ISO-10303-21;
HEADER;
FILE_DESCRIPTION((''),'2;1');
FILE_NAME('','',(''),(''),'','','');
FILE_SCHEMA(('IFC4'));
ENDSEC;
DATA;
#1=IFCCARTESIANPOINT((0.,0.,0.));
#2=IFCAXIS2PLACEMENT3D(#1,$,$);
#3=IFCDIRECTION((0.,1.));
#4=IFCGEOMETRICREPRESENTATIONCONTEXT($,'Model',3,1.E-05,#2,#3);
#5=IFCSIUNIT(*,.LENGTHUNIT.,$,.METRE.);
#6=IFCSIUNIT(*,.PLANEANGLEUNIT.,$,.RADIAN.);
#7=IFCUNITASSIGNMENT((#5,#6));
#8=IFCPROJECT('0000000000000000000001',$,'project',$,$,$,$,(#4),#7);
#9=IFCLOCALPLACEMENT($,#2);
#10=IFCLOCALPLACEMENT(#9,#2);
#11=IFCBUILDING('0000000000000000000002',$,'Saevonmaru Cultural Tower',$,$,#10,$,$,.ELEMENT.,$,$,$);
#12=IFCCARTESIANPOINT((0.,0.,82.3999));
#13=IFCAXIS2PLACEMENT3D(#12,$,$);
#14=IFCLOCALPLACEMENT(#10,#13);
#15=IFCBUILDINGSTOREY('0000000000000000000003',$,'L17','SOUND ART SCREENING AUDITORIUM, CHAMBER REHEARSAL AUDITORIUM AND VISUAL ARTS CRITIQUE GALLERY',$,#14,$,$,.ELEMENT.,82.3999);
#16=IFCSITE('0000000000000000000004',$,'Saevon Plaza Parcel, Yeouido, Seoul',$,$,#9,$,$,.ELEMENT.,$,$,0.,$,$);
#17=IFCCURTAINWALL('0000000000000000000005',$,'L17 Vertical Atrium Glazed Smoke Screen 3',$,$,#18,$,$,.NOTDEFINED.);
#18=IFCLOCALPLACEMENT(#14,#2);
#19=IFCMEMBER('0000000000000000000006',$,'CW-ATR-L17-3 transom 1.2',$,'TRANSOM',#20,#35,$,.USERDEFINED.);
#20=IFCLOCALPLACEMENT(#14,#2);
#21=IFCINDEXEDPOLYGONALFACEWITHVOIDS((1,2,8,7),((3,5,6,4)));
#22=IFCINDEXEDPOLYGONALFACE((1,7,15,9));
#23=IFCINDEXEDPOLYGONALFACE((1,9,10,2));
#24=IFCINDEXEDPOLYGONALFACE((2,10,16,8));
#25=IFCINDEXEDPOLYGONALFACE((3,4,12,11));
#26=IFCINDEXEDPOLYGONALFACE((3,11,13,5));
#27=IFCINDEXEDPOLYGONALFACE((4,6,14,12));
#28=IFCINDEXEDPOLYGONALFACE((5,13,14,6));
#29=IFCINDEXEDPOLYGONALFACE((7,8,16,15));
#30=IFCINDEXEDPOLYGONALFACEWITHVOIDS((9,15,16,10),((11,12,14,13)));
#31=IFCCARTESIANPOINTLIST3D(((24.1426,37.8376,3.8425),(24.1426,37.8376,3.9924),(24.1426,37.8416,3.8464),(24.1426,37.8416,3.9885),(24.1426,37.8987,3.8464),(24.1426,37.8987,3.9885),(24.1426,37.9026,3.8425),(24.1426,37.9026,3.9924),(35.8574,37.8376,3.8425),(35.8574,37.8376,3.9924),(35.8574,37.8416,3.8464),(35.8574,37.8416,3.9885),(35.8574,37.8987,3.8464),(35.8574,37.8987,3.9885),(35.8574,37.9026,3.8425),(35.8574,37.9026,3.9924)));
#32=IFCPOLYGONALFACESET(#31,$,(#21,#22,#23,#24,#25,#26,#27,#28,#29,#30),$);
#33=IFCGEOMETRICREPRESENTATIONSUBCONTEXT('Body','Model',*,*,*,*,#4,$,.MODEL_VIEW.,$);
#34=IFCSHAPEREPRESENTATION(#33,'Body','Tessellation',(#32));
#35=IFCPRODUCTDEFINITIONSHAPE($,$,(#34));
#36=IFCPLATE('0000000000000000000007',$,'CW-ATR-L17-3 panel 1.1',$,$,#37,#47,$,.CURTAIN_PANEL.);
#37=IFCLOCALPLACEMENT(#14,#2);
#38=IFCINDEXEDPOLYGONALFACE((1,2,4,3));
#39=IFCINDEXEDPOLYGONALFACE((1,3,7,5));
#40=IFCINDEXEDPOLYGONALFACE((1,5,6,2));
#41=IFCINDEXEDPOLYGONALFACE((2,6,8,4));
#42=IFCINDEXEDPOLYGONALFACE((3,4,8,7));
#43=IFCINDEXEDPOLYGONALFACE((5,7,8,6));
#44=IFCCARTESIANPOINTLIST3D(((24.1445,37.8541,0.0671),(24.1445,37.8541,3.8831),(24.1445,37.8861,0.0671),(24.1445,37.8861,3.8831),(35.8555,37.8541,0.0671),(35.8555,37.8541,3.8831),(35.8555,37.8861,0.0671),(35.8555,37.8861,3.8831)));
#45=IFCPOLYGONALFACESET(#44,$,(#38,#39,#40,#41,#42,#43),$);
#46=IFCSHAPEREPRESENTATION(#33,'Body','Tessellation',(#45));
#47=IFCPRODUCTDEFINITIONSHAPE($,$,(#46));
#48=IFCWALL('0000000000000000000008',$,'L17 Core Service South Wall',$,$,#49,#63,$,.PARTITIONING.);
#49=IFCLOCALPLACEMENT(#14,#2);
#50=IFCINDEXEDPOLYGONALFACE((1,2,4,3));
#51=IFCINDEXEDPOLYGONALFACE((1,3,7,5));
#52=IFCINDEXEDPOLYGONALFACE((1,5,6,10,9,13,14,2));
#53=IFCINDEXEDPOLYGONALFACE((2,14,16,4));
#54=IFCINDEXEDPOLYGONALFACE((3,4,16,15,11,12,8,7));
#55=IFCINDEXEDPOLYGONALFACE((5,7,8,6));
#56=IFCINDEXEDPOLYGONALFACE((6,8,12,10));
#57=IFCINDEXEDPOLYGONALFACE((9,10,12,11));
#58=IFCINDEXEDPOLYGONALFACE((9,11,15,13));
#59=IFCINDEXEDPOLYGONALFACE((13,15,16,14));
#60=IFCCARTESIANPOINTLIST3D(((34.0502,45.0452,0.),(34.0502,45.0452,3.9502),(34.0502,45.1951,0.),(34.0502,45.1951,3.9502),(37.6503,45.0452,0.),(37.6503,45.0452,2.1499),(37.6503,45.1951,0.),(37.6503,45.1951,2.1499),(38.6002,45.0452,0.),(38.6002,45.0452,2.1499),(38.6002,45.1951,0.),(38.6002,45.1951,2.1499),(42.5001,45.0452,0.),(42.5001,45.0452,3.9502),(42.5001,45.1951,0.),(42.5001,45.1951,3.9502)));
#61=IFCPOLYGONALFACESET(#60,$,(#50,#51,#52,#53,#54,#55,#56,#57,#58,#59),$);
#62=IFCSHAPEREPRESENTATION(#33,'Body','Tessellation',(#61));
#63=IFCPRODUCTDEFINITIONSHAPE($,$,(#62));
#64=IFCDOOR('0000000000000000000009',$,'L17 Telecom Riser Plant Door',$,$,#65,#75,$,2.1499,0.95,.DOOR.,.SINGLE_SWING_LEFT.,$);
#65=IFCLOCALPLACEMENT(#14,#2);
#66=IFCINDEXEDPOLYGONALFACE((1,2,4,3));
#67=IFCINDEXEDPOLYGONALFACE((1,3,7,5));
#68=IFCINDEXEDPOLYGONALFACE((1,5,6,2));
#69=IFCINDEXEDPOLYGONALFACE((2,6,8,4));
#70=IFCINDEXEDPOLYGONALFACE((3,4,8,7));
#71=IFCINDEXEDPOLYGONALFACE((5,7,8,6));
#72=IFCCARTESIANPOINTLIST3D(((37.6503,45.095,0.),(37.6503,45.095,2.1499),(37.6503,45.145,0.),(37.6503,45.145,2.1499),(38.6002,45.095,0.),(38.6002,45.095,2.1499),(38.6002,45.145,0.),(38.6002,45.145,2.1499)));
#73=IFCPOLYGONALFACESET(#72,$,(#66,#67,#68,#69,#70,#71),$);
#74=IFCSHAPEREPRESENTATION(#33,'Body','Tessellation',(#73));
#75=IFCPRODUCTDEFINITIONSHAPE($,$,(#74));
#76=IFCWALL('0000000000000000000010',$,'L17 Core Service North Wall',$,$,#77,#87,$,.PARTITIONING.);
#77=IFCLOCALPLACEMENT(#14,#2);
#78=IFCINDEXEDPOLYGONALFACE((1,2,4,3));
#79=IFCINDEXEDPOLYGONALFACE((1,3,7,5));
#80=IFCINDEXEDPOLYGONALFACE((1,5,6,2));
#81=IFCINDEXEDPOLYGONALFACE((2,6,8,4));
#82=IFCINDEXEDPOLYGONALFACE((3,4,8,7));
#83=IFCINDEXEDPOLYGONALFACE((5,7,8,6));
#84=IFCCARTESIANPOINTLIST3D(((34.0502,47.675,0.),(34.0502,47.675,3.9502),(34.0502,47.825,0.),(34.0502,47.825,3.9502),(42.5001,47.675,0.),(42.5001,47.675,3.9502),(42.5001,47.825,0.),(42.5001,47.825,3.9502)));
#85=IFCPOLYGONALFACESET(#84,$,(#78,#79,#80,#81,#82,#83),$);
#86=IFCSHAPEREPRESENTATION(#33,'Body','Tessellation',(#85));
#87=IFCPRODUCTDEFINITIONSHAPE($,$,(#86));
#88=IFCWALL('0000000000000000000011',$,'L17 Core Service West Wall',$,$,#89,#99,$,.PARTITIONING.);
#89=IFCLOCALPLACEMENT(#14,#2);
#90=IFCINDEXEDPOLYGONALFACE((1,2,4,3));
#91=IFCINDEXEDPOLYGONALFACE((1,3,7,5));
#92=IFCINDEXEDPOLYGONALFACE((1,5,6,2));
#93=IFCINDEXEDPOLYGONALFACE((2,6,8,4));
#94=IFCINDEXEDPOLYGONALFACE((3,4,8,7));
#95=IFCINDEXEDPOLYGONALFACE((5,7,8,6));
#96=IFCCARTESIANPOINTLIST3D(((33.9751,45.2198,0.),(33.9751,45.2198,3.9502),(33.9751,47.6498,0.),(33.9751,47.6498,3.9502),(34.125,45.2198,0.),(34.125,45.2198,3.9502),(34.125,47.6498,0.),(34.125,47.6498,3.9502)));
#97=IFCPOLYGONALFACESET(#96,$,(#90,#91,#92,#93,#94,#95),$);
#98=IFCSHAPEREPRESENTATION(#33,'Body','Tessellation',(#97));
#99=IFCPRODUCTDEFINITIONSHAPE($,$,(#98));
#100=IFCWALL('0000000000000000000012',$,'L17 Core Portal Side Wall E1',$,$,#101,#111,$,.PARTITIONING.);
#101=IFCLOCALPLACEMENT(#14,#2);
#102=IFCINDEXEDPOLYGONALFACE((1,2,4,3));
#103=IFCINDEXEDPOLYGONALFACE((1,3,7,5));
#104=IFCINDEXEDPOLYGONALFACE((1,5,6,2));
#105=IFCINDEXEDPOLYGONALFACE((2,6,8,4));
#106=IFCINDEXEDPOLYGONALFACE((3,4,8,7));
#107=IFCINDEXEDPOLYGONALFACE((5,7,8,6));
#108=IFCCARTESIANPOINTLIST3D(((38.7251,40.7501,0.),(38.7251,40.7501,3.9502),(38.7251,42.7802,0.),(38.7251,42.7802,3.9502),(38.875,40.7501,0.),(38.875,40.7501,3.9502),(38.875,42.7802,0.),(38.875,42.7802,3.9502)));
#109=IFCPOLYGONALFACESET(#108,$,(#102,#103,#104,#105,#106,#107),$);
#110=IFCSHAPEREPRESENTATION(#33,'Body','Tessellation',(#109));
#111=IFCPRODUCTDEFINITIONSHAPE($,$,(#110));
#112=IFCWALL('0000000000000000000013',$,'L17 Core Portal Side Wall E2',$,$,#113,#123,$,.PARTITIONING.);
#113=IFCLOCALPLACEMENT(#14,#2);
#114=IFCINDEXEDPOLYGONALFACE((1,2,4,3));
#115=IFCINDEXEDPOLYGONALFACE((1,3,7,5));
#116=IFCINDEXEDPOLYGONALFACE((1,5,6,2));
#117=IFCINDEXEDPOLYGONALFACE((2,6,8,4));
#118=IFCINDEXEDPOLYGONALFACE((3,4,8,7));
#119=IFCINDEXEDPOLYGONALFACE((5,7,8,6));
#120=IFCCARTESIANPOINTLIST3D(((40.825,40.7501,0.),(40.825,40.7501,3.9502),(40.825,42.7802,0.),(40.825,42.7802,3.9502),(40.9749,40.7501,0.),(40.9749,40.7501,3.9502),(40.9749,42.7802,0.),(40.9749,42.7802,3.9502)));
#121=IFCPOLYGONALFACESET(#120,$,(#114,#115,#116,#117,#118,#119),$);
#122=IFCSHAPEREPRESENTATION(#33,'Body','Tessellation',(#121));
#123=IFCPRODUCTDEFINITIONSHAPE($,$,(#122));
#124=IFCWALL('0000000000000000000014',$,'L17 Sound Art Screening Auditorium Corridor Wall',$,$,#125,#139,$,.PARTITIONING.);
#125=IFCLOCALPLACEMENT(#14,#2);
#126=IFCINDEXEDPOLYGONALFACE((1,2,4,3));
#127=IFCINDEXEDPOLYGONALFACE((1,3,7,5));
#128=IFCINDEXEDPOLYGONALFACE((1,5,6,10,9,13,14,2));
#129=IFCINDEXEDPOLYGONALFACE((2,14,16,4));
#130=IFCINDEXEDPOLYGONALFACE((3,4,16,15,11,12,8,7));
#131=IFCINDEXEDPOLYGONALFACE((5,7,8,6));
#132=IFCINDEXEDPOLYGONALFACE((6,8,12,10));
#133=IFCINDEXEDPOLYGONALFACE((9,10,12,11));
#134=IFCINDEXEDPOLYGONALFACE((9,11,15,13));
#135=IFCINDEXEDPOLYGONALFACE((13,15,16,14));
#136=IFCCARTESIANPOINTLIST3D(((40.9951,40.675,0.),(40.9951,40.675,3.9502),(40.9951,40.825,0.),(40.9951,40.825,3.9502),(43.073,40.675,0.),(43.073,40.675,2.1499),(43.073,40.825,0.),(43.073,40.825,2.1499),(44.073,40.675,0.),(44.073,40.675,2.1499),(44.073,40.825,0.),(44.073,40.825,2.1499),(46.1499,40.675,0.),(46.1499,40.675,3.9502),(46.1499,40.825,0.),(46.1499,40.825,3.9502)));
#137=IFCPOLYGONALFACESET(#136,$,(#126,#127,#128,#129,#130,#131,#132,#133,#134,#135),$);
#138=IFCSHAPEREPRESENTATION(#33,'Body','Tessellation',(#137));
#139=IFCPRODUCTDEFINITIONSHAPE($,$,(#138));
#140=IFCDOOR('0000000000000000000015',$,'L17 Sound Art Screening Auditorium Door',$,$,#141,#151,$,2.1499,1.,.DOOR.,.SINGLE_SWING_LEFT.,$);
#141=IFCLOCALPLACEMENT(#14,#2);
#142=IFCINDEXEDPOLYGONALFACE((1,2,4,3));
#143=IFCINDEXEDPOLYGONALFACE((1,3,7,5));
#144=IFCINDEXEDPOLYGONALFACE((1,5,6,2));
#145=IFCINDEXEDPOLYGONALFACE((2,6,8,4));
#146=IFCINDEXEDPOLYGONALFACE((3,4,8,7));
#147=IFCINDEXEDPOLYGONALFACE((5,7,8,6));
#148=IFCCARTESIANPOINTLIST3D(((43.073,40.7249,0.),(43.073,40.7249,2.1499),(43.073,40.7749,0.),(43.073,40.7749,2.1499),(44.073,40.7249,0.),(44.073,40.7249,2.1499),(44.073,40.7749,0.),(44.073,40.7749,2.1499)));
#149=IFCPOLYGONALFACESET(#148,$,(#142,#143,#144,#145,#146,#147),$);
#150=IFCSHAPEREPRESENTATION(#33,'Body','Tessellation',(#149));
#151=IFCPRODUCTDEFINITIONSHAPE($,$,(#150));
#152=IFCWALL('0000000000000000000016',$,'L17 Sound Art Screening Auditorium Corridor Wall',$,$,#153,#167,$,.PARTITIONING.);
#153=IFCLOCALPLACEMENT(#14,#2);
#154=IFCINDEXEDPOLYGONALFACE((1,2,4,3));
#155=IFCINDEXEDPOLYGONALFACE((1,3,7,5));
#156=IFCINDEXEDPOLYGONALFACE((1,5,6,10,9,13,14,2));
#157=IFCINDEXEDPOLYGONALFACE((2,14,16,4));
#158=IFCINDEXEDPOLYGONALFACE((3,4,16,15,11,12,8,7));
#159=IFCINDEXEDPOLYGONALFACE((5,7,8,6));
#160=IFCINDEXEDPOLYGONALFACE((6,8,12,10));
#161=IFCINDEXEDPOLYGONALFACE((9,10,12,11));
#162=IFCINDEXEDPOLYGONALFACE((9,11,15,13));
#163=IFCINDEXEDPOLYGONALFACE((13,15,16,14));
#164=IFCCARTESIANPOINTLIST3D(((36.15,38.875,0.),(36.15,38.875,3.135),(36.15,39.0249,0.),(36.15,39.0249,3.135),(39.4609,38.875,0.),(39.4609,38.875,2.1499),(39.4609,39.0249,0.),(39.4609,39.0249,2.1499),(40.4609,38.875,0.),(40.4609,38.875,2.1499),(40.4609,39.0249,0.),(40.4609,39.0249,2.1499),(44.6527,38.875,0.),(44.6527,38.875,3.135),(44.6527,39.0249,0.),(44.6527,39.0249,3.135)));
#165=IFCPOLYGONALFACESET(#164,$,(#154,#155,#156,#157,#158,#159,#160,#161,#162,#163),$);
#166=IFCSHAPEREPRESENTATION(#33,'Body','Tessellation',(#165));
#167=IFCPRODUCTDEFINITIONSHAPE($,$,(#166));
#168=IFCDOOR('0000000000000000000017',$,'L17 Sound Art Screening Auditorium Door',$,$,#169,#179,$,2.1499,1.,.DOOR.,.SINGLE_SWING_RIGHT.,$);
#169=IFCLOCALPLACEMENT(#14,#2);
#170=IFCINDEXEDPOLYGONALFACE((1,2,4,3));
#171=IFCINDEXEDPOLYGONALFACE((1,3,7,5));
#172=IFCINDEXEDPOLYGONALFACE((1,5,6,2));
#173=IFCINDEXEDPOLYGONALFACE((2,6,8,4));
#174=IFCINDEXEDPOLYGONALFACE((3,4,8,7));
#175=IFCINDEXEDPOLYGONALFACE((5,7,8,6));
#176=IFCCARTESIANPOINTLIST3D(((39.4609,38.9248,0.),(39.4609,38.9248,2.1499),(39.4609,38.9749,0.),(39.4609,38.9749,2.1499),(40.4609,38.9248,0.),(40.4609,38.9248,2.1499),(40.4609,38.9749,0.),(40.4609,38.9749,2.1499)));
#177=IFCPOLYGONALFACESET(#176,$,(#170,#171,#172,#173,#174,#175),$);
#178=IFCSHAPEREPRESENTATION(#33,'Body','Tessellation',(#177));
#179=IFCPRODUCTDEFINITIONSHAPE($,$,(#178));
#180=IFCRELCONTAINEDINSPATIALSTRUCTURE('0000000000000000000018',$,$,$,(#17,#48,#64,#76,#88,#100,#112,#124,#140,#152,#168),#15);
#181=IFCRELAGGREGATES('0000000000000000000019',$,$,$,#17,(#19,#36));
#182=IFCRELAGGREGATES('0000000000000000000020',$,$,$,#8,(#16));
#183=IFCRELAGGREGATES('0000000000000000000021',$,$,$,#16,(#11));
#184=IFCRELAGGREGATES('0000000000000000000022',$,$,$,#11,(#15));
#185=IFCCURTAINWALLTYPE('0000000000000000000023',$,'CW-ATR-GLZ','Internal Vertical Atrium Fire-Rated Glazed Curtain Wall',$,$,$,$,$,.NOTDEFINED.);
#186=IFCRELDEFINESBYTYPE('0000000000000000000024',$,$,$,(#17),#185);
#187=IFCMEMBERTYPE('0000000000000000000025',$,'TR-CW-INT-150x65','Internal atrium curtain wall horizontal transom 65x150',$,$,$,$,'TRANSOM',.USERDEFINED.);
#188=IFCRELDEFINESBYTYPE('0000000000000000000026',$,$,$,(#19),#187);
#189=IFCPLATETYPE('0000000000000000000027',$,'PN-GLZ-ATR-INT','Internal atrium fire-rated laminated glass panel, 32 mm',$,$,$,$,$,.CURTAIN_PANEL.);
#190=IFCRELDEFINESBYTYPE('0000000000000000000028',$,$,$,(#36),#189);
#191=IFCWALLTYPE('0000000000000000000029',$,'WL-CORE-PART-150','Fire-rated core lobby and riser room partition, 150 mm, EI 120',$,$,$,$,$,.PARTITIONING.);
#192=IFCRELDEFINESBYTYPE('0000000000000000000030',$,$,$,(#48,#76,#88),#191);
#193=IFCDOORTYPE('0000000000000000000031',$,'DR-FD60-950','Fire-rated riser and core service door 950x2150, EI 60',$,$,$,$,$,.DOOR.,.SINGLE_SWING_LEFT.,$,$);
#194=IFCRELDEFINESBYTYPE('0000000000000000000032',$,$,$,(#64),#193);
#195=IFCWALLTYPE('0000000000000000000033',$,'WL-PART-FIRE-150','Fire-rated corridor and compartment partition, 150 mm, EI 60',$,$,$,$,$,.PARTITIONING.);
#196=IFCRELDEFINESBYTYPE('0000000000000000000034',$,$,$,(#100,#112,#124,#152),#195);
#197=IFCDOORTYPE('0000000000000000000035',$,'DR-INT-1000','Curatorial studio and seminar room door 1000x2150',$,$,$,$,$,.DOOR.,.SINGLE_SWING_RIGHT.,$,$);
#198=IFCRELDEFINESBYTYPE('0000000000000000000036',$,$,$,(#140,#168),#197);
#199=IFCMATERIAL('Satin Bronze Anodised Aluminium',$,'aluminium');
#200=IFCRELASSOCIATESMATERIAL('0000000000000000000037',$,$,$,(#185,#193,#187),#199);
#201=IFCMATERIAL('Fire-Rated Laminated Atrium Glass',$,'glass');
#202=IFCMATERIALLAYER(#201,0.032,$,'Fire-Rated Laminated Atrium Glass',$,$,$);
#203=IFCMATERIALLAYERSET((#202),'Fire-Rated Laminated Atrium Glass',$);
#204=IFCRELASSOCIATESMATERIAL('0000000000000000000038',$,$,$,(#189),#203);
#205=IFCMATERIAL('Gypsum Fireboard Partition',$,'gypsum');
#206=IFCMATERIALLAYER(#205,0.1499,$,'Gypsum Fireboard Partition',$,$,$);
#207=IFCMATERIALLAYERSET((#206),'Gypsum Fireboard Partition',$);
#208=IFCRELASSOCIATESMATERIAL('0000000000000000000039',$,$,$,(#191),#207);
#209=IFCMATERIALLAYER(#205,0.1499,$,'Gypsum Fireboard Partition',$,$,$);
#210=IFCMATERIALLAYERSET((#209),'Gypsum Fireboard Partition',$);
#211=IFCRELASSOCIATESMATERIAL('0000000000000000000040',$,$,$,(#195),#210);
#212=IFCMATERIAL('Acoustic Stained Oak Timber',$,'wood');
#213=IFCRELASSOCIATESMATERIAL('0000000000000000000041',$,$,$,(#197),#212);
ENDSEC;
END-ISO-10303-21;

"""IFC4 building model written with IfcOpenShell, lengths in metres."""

from ifc_helpers import new_model, si_unit, direction, frame, frame_2d, origin, origin_2d, place, context, subcontext, project, spatial, rectangle, hollow_rectangle, extrude, material, layer, layer_set, material_profile, profile_set, type_object, element, fill, aggregate, save


model = new_model("IFC4")

# Units and contexts
model_context = context("Model", 3, precision=1e-05, world=origin(), true_north=direction((0.0, 1.0)))
body_context = subcontext(model_context, "Body", "Model", "MODEL_VIEW")
ifc_project = project(units=[si_unit("LENGTHUNIT", "METRE"), si_unit("PLANEANGLEUNIT", "RADIAN")], contexts=[model_context])

# Site, building, storey
site_placement = place(None, origin())
site = spatial("IfcSite", under=ifc_project, at=site_placement, Name="Saevon Plaza Parcel, Yeouido, Seoul", CompositionType="ELEMENT", RefElevation=0.0)
building_placement = place(site_placement, origin())
building = spatial("IfcBuilding", under=site, at=building_placement, Name="Saevonmaru Cultural Tower", CompositionType="ELEMENT")
storey_placement = place(building_placement, frame((0.0, 0.0, 82.3999)))
storey = spatial("IfcBuildingStorey", under=building, at=storey_placement, Name="L17", Description="SOUND ART SCREENING AUDITORIUM, CHAMBER REHEARSAL AUDITORIUM AND VISUAL ARTS CRITIQUE GALLERY", CompositionType="ELEMENT", Elevation=82.3999)

# Shared definitions
ifc_material_1 = material(Name="Satin Bronze Anodised Aluminium", Category="aluminium")
curtain_wall_type = type_object("IfcCurtainWallType", Name="CW-ATR-GLZ", Description="Internal Vertical Atrium Fire-Rated Glazed Curtain Wall", PredefinedType="NOTDEFINED", material=ifc_material_1)

# Curtain wall, member, plate
curtain_wall_1_placement = place(storey_placement, origin())
curtain_wall_1 = element("IfcCurtainWall", 1, at=curtain_wall_1_placement, inside=storey, type_object=curtain_wall_type, Name="L17 Vertical Atrium Glazed Smoke Screen 3", PredefinedType="NOTDEFINED")
ifc_material_profile_1 = material_profile(ifc_material_1, hollow_rectangle(XDim=0.0649, YDim=0.1499, WallThickness=0.0039, at=origin_2d()), Name="ALU-TRAN-150x65x4")
ifc_profile_set_1 = profile_set([ifc_material_profile_1], Name="Satin Bronze Anodised Aluminium")
member_type_1 = type_object("IfcMemberType", Name="TR-CW-INT-150x65", Description="Internal atrium curtain wall horizontal transom 65x150", ElementType="TRANSOM", PredefinedType="USERDEFINED", material=ifc_profile_set_1)
member_1_placement = place(storey_placement, frame((35.8574, 37.8701, 3.9175), z_axis=(-1.0, 0.0, 0.0), x_axis=(0.0, -1.0, 0.0)))
member_1 = element("IfcMember", 2, at=member_1_placement, type_object=member_type_1, Name="CW-ATR-L17-3 transom 1.2", ObjectType="TRANSOM", PredefinedType="USERDEFINED", context=body_context, shape_type="SweptSolid", body=[
    extrude(hollow_rectangle(XDim=0.0649, YDim=0.1499, WallThickness=0.0039, at=origin_2d()), origin(), (0.0, 0.0, 1.0), 11.7148),
])
ifc_material_2 = material(Name="Fire-Rated Laminated Atrium Glass", Category="glass")
ifc_layer_1 = layer(ifc_material_2, 0.032, Name="Fire-Rated Laminated Atrium Glass")
ifc_layer_set_1 = layer_set([ifc_layer_1], Name="Fire-Rated Laminated Atrium Glass")
plate_type = type_object("IfcPlateType", Name="PN-GLZ-ATR-INT", Description="Internal atrium fire-rated laminated glass panel, 32 mm", PredefinedType="CURTAIN_PANEL", material=ifc_layer_set_1)
plate_placement = place(storey_placement, frame((30.0, 37.8701, 0.0671), z_axis=(0.0, 0.0, 1.0), x_axis=(-1.0, 0.0, 0.0)))
plate = element("IfcPlate", 3, at=plate_placement, type_object=plate_type, Name="CW-ATR-L17-3 panel 1.1", PredefinedType="CURTAIN_PANEL", context=body_context, shape_type="SweptSolid", body=[
    extrude(rectangle(XDim=11.7109, YDim=0.032, at=origin_2d()), origin(), (0.0, 0.0, 1.0), 3.8159),
])
aggregate(curtain_wall_1, [member_1, plate])

# Wall, opening, door
ifc_material_3 = material(Name="Gypsum Fireboard Partition", Category="gypsum")
ifc_layer_2 = layer(ifc_material_3, 0.1499, Name="Gypsum Fireboard Partition")
ifc_layer_set_2 = layer_set([ifc_layer_2], Name="Gypsum Fireboard Partition")
wall_type_1 = type_object("IfcWallType", Name="WL-CORE-PART-150", Description="Fire-rated core lobby and riser room partition, 150 mm, EI 120", PredefinedType="PARTITIONING", material=ifc_layer_set_2)
wall_1_placement = place(storey_placement, frame((34.05, 45.1201, 0.0), z_axis=(0.0, 0.0, 1.0), x_axis=(1.0, 0.0, 0.0)))
wall_1 = element("IfcWall", 4, at=wall_1_placement, inside=storey, type_object=wall_type_1, Name="L17 Core Service South Wall", PredefinedType="PARTITIONING", context=body_context, shape_type="SweptSolid", body=[
    extrude(rectangle(XDim=8.45, YDim=0.1499, at=frame_2d((4.2251, 0.0))), origin(), (0.0, 0.0, 1.0), 3.9502),
])
opening_1_placement = place(wall_1_placement, frame((3.6001, 0.0, 0.0)))
opening_1 = element("IfcOpeningElement", 5, at=opening_1_placement, cuts=wall_1, PredefinedType="OPENING", context=body_context, shape_type="SweptSolid", body=[
    extrude(rectangle(XDim=0.95, YDim=2.1499, at=frame_2d((0.4751, 1.075))), frame((0.0, 0.085, 0.0), z_axis=(0.0, -1.0, 0.0), x_axis=(1.0, 0.0, 0.0)), (0.0, 0.0, 1.0), 0.1699),
])
door_type_1 = type_object("IfcDoorType", Name="DR-FD60-950", Description="Fire-rated riser and core service door 950x2150, EI 60", OperationType="SINGLE_SWING_LEFT", PredefinedType="DOOR", material=ifc_material_1)
door_1_placement = place(opening_1_placement, origin())
door_1 = element("IfcDoor", 6, at=door_1_placement, inside=storey, type_object=door_type_1, Name="L17 Telecom Riser Plant Door", OperationType="SINGLE_SWING_LEFT", OverallHeight=2.1499, OverallWidth=0.95, PredefinedType="DOOR", context=body_context, shape_type="SweptSolid", body=[
    extrude(rectangle(XDim=0.95, YDim=2.1499, at=frame_2d((0.4751, 1.075))), frame((0.0, 0.0249, 0.0), z_axis=(0.0, -1.0, 0.0), x_axis=(1.0, 0.0, 0.0)), (0.0, 0.0, 1.0), 0.05),
])
fill(opening_1, door_1)

# Walls
wall_2_placement = place(storey_placement, frame((34.05, 47.75, 0.0), z_axis=(0.0, 0.0, 1.0), x_axis=(1.0, 0.0, 0.0)))
element("IfcWall", 7, at=wall_2_placement, inside=storey, type_object=wall_type_1, Name="L17 Core Service North Wall", PredefinedType="PARTITIONING", context=body_context, shape_type="SweptSolid", body=[
    extrude(rectangle(XDim=8.45, YDim=0.1499, at=frame_2d((4.2251, 0.0))), origin(), (0.0, 0.0, 1.0), 3.9502),
])
wall_3_placement = place(storey_placement, frame((34.05, 45.22, 0.0), z_axis=(0.0, 0.0, 1.0), x_axis=(0.0, 1.0, 0.0)))
element("IfcWall", 8, at=wall_3_placement, inside=storey, type_object=wall_type_1, Name="L17 Core Service West Wall", PredefinedType="PARTITIONING", context=body_context, shape_type="SweptSolid", body=[
    extrude(rectangle(XDim=2.4299, YDim=0.1499, at=frame_2d((1.2148, 0.0))), origin(), (0.0, 0.0, 1.0), 3.9502),
])
ifc_layer_3 = layer(ifc_material_3, 0.1499, Name="Gypsum Fireboard Partition")
ifc_layer_set_3 = layer_set([ifc_layer_3], Name="Gypsum Fireboard Partition")
wall_type_2 = type_object("IfcWallType", Name="WL-PART-FIRE-150", Description="Fire-rated corridor and compartment partition, 150 mm, EI 60", PredefinedType="PARTITIONING", material=ifc_layer_set_3)
for number, where, z_axis, x_axis, name in (
    (9, (38.8, 40.75, 0.0), (0.0, 0.0, 1.0), (0.0, 1.0, 0.0), "L17 Core Portal Side Wall E1"),
    (10, (40.8999, 40.75, 0.0), (0.0, 0.0, 1.0), (0.0, 1.0, 0.0), "L17 Core Portal Side Wall E2"),
):
    element("IfcWall", number, at=place(storey_placement, frame(where, z_axis=z_axis, x_axis=x_axis)), inside=storey, type_object=wall_type_2, Name=name, PredefinedType="PARTITIONING", context=body_context, shape_type="SweptSolid", body=[
        extrude(rectangle(XDim=2.03, YDim=0.1499, at=frame_2d((1.0151, 0.0))), origin(), (0.0, 0.0, 1.0), 3.9502),
    ])

# Walls, openings, doors
wall_4_placement = place(storey_placement, frame((40.9951, 40.75, 0.0), z_axis=(0.0, 0.0, 1.0), x_axis=(1.0, 0.0, 0.0)))
wall_4 = element("IfcWall", 11, at=wall_4_placement, inside=storey, type_object=wall_type_2, Name="L17 Sound Art Screening Auditorium Corridor Wall", PredefinedType="PARTITIONING", context=body_context, shape_type="SweptSolid", body=[
    extrude(rectangle(XDim=5.1548, YDim=0.1499, at=frame_2d((2.5774, 0.0))), origin(), (0.0, 0.0, 1.0), 3.9502),
])
opening_2_placement = place(wall_4_placement, frame((2.0779, 0.0, 0.0)))
opening_2 = element("IfcOpeningElement", 12, at=opening_2_placement, cuts=wall_4, PredefinedType="OPENING", context=body_context, shape_type="SweptSolid", body=[
    extrude(rectangle(XDim=1.0, YDim=2.1499, at=frame_2d((0.5, 1.075))), frame((0.0, 0.085, 0.0), z_axis=(0.0, -1.0, 0.0), x_axis=(1.0, 0.0, 0.0)), (0.0, 0.0, 1.0), 0.1699),
])
ifc_material_4 = material(Name="Acoustic Stained Oak Timber", Category="wood")
door_type_2 = type_object("IfcDoorType", Name="DR-INT-1000", Description="Curatorial studio and seminar room door 1000x2150", OperationType="SINGLE_SWING_RIGHT", PredefinedType="DOOR", material=ifc_material_4)
door_2_placement = place(opening_2_placement, origin())
door_2 = element("IfcDoor", 13, at=door_2_placement, inside=storey, type_object=door_type_2, Name="L17 Sound Art Screening Auditorium Door", OperationType="SINGLE_SWING_LEFT", OverallHeight=2.1499, OverallWidth=1.0, PredefinedType="DOOR", context=body_context, shape_type="SweptSolid", body=[
    extrude(rectangle(XDim=1.0, YDim=2.1499, at=frame_2d((0.5, 1.075))), frame((0.0, 0.0249, 0.0), z_axis=(0.0, -1.0, 0.0), x_axis=(1.0, 0.0, 0.0)), (0.0, 0.0, 1.0), 0.05),
])
fill(opening_2, door_2)
wall_5_placement = place(storey_placement, frame((36.1499, 38.95, 0.0), z_axis=(0.0, 0.0, 1.0), x_axis=(1.0, 0.0, 0.0)))
wall_5 = element("IfcWall", 14, at=wall_5_placement, inside=storey, type_object=wall_type_2, Name="L17 Sound Art Screening Auditorium Corridor Wall", PredefinedType="PARTITIONING", context=body_context, shape_type="SweptSolid", body=[
    extrude(rectangle(XDim=8.5027, YDim=0.1499, at=frame_2d((4.2515, 0.0))), origin(), (0.0, 0.0, 1.0), 3.135),
])
opening_3_placement = place(wall_5_placement, frame((3.311, 0.0, 0.0)))
opening_3 = element("IfcOpeningElement", 15, at=opening_3_placement, cuts=wall_5, PredefinedType="OPENING", context=body_context, shape_type="SweptSolid", body=[
    extrude(rectangle(XDim=1.0, YDim=2.1499, at=frame_2d((0.5, 1.075))), frame((0.0, 0.085, 0.0), z_axis=(0.0, -1.0, 0.0), x_axis=(1.0, 0.0, 0.0)), (0.0, 0.0, 1.0), 0.1699),
])
door_3_placement = place(opening_3_placement, origin())
door_3 = element("IfcDoor", 16, at=door_3_placement, inside=storey, type_object=door_type_2, Name="L17 Sound Art Screening Auditorium Door", OperationType="SINGLE_SWING_RIGHT", OverallHeight=2.1499, OverallWidth=1.0, PredefinedType="DOOR", context=body_context, shape_type="SweptSolid", body=[
    extrude(rectangle(XDim=1.0, YDim=2.1499, at=frame_2d((0.5, 1.075))), frame((0.0, 0.0249, 0.0), z_axis=(0.0, -1.0, 0.0), x_axis=(1.0, 0.0, 0.0)), (0.0, 0.0, 1.0), 0.05),
])
fill(opening_3, door_3)

save(model, "model.ifc")
